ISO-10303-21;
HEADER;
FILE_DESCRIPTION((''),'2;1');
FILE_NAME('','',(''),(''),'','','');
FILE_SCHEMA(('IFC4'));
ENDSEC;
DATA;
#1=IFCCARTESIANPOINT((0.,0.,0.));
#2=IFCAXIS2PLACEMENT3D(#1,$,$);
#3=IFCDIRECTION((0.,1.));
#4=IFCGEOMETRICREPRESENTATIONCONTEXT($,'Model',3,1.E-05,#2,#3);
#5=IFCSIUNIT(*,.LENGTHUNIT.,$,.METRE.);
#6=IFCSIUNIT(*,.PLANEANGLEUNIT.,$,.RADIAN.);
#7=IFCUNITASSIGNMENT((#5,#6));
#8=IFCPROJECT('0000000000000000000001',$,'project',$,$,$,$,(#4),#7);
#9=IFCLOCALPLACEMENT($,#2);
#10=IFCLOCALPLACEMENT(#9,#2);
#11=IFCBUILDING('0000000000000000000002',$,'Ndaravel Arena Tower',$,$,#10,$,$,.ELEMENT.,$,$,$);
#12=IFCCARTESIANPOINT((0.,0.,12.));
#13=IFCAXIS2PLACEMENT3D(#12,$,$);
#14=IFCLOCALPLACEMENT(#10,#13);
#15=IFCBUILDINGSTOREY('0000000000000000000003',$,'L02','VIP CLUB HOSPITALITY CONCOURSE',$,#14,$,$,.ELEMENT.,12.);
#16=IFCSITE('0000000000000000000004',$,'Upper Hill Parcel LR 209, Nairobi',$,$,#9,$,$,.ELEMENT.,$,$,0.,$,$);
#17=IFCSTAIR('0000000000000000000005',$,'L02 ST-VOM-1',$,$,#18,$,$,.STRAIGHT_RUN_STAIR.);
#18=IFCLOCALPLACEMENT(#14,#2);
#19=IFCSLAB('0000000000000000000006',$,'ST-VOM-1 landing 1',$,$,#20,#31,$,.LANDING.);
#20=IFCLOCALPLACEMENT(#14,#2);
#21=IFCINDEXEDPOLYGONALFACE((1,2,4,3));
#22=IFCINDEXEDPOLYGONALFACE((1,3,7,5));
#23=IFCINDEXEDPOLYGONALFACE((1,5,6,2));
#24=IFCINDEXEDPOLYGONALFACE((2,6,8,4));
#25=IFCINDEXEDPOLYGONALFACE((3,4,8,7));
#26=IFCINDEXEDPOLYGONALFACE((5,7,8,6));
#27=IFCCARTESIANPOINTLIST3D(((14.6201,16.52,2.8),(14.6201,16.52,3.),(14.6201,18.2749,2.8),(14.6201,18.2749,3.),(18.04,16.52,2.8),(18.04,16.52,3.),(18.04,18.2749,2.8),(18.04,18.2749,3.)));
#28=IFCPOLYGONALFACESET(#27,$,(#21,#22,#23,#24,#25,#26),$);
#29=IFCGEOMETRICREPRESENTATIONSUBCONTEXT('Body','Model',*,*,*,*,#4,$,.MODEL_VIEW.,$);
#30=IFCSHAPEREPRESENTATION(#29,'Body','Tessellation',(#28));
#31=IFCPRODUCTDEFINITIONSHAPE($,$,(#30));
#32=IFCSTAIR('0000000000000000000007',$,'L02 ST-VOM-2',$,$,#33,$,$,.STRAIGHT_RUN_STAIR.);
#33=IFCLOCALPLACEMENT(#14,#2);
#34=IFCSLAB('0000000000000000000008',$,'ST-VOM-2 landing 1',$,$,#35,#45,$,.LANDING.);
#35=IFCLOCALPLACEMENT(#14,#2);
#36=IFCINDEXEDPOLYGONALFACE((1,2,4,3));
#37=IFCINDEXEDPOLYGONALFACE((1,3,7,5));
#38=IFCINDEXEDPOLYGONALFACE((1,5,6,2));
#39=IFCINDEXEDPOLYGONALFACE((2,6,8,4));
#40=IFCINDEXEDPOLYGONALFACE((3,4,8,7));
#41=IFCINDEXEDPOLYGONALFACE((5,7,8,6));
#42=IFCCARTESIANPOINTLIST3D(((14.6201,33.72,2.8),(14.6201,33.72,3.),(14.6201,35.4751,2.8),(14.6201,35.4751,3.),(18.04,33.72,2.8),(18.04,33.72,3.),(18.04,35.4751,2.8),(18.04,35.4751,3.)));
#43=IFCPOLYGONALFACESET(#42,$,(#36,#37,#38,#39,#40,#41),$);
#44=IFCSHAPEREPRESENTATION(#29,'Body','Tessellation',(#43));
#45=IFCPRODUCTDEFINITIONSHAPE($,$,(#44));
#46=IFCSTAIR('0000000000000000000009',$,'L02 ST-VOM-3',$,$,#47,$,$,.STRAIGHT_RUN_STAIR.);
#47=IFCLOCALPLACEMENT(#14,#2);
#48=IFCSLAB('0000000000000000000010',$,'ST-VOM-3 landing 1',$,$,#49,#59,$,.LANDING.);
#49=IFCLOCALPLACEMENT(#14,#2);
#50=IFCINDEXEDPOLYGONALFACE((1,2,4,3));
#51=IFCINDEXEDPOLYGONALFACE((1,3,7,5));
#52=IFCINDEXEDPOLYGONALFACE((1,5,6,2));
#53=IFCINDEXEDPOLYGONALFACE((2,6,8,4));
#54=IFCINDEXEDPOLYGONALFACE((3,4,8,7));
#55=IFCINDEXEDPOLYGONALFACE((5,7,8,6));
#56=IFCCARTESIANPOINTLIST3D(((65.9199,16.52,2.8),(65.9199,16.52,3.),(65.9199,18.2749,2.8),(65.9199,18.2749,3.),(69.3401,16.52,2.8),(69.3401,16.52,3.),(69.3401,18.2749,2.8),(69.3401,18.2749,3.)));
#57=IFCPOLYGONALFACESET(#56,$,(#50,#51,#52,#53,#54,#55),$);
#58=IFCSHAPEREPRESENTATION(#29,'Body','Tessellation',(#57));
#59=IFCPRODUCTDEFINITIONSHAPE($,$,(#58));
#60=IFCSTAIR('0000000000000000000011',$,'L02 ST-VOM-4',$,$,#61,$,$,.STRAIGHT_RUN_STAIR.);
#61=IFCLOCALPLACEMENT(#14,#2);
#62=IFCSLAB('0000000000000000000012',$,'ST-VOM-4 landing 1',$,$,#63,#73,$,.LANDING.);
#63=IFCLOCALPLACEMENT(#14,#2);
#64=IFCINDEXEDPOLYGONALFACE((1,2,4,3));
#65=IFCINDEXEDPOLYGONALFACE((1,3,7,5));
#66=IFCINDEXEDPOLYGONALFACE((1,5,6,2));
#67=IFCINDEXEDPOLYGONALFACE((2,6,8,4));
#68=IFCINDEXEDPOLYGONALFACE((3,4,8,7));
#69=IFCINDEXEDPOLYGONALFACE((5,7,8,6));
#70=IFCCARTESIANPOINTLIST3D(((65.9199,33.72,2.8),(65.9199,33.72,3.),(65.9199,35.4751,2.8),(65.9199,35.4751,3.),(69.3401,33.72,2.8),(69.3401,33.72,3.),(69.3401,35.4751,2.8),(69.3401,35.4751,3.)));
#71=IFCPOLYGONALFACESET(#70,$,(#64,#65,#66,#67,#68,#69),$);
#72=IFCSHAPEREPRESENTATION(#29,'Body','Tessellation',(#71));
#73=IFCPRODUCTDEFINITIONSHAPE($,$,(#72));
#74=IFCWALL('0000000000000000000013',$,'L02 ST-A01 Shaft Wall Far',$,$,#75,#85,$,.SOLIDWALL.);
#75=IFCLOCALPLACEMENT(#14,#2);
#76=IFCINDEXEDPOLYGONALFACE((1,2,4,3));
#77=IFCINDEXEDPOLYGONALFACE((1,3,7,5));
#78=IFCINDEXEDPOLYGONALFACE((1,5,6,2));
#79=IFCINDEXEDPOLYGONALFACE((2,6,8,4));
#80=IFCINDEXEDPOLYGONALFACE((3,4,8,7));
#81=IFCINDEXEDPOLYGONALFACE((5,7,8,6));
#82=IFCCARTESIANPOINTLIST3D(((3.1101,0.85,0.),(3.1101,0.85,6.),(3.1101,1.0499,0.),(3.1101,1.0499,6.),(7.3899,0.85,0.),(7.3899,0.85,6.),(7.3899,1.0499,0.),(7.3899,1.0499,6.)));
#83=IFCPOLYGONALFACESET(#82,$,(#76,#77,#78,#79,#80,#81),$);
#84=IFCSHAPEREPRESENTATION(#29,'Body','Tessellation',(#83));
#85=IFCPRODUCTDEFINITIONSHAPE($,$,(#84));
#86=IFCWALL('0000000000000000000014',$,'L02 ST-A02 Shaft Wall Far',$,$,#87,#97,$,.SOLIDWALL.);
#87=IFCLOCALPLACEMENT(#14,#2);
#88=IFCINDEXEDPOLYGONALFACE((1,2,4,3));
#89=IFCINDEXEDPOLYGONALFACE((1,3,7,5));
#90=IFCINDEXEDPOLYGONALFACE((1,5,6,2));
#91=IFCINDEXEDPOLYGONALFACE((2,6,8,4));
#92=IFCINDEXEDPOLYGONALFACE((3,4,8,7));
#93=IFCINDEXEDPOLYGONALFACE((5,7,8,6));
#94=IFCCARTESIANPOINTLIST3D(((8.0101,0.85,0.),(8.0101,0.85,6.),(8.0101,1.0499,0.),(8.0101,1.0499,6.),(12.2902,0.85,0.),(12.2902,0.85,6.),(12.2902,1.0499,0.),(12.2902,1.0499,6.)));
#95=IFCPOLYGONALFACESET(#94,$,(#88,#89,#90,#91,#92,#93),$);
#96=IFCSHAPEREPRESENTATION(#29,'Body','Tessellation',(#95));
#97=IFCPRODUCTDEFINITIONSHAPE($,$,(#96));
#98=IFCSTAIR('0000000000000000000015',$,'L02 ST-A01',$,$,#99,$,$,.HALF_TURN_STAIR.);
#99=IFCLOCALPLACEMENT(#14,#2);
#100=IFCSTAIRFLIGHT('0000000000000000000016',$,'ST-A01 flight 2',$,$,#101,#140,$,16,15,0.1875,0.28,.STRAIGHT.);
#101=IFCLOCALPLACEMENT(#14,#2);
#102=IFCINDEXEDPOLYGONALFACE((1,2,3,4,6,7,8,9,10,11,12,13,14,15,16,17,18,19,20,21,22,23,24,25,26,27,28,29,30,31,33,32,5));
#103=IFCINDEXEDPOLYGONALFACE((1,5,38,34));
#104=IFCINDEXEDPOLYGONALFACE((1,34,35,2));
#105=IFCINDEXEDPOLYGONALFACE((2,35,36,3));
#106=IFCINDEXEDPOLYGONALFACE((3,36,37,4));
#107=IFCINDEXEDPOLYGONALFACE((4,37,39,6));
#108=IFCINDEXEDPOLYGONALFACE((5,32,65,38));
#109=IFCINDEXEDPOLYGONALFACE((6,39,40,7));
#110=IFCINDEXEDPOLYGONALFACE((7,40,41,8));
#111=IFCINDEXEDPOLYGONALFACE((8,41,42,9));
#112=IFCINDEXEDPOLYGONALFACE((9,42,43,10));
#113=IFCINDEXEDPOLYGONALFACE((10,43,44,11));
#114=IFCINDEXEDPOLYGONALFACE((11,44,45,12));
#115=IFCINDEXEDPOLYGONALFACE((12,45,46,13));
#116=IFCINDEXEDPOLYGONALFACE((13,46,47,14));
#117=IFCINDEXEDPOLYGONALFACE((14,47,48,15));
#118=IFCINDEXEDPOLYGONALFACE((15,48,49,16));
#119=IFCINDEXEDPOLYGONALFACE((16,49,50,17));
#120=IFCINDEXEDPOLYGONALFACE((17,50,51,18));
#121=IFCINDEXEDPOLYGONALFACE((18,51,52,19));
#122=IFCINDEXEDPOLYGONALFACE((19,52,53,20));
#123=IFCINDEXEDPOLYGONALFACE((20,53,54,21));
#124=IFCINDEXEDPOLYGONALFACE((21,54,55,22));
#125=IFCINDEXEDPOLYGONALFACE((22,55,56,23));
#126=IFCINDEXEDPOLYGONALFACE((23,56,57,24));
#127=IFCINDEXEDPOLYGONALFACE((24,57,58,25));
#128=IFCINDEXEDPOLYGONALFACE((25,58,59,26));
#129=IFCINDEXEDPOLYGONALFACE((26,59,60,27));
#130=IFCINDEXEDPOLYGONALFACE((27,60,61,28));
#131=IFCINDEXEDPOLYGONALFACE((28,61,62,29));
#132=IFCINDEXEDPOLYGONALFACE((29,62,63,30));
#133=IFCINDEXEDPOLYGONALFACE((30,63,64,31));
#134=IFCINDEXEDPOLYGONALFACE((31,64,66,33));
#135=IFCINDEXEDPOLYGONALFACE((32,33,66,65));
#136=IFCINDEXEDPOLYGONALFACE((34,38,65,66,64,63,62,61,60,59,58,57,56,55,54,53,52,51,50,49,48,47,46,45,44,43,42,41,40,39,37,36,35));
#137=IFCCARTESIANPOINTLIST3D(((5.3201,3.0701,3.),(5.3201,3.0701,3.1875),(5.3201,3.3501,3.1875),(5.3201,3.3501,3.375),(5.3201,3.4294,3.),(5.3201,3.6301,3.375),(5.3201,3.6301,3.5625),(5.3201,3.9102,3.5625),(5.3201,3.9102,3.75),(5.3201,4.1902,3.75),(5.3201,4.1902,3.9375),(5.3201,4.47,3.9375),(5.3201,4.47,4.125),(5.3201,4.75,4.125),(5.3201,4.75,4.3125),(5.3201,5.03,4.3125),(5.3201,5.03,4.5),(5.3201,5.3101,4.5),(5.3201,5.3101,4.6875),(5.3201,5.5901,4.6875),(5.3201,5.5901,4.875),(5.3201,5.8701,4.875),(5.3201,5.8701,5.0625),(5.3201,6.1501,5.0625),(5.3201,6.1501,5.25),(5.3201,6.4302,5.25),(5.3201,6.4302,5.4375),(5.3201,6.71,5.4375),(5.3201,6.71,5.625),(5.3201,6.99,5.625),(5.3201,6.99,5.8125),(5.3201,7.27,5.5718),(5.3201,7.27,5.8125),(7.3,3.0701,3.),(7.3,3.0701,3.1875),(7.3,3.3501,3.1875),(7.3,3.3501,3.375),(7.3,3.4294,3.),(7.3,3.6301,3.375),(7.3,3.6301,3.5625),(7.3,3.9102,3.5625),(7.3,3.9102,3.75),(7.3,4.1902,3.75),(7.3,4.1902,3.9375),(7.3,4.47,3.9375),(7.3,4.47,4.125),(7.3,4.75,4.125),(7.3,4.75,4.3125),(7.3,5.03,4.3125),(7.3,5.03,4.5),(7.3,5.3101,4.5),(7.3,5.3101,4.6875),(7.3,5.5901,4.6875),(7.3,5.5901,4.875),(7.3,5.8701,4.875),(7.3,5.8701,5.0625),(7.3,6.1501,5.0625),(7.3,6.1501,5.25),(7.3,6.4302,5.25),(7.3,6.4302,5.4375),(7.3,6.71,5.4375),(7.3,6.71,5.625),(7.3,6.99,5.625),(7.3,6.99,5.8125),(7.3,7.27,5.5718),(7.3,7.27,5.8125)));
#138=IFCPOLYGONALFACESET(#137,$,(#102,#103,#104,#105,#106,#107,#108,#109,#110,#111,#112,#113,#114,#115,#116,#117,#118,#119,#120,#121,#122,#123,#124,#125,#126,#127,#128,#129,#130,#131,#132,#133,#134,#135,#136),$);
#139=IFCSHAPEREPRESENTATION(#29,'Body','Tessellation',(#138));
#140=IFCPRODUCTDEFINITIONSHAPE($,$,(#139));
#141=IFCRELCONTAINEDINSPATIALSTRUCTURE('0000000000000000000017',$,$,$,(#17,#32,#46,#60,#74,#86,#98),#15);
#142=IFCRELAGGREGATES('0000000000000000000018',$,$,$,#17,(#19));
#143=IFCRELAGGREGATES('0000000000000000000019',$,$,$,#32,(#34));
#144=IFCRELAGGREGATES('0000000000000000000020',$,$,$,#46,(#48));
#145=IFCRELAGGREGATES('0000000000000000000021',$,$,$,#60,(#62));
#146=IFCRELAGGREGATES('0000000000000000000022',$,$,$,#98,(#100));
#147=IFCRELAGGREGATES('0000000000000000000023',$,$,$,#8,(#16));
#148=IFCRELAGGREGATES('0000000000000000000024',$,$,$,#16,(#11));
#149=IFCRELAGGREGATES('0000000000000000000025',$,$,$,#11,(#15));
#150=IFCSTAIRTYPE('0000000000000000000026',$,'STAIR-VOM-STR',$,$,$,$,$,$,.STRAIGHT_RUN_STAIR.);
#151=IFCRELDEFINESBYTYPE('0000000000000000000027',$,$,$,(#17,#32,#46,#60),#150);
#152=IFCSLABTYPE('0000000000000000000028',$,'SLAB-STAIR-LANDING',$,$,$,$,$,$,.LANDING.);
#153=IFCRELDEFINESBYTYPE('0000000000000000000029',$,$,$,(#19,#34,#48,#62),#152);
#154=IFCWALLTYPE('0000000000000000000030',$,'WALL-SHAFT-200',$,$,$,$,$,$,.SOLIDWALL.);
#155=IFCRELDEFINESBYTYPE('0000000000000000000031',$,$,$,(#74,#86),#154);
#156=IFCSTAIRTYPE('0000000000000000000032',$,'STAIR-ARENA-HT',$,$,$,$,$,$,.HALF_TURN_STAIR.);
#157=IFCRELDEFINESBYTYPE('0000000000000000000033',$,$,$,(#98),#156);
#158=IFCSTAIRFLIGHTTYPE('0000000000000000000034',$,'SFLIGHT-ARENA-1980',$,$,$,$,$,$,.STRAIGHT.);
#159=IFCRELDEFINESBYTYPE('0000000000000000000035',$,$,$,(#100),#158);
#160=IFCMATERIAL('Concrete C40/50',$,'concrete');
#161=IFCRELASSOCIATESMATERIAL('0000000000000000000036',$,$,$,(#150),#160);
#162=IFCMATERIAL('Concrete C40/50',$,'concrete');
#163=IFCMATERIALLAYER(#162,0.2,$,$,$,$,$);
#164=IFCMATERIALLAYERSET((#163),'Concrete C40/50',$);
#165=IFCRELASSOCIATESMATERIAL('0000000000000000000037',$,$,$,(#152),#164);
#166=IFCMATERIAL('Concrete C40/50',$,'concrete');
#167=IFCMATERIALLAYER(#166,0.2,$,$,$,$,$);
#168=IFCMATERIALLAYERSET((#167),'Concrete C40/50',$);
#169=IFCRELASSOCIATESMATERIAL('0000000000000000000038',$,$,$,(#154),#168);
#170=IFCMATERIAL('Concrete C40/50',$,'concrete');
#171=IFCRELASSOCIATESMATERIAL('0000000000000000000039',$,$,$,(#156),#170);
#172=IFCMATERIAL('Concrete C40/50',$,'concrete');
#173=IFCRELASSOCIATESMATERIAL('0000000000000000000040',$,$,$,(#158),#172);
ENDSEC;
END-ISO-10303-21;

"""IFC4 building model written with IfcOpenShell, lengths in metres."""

from ifc_helpers import new_model, si_unit, direction, frame, frame_2d, origin, place, context, subcontext, project, spatial, polyline, rectangle, outline, extrude, material, layer, layer_set, type_object, element, aggregate, save


model = new_model("IFC4")

# Units and contexts
model_context = context("Model", 3, precision=1e-05, world=origin(), true_north=direction((0.0, 1.0)))
body_context = subcontext(model_context, "Body", "Model", "MODEL_VIEW")
ifc_project = project(units=[si_unit("LENGTHUNIT", "METRE"), si_unit("PLANEANGLEUNIT", "RADIAN")], contexts=[model_context])

# Site, building, storey
site_placement = place(None, origin())
site = spatial("IfcSite", under=ifc_project, at=site_placement, Name="Upper Hill Parcel LR 209, Nairobi", CompositionType="ELEMENT", RefElevation=0.0)
building_placement = place(site_placement, origin())
building = spatial("IfcBuilding", under=site, at=building_placement, Name="Ndaravel Arena Tower", CompositionType="ELEMENT")
storey_placement = place(building_placement, frame((0.0, 0.0, 12.0)))
storey = spatial("IfcBuildingStorey", under=building, at=storey_placement, Name="L02", Description="VIP CLUB HOSPITALITY CONCOURSE", CompositionType="ELEMENT", Elevation=12.0)

# Stairs, slabs
ifc_material_1 = material(Name="Concrete C40/50", Category="concrete")
stair_type_1 = type_object("IfcStairType", Name="STAIR-VOM-STR", PredefinedType="STRAIGHT_RUN_STAIR", material=ifc_material_1)
stair_1_placement = place(storey_placement, origin())
stair_1 = element("IfcStair", 1, at=stair_1_placement, inside=storey, type_object=stair_type_1, Name="L02 ST-VOM-1", PredefinedType="STRAIGHT_RUN_STAIR")
ifc_material_2 = material(Name="Concrete C40/50", Category="concrete")
ifc_layer_1 = layer(ifc_material_2, 0.2)
ifc_layer_set_1 = layer_set([ifc_layer_1], Name="Concrete C40/50")
slab_type = type_object("IfcSlabType", Name="SLAB-STAIR-LANDING", PredefinedType="LANDING", material=ifc_layer_set_1)
slab_1_placement = place(storey_placement, frame((0.0, 0.0, 2.8)))
slab_1 = element("IfcSlab", 2, at=slab_1_placement, type_object=slab_type, Name="ST-VOM-1 landing 1", PredefinedType="LANDING", context=body_context, shape_type="SweptSolid", body=[
    extrude(outline(polyline([(14.6201, 18.2749), (14.6201, 16.52), (18.04, 16.52), (18.04, 18.2749), (14.6201, 18.2749)])), origin(), (0.0, 0.0, 1.0), 0.2),
])
aggregate(stair_1, [slab_1])
stair_2_placement = place(storey_placement, origin())
stair_2 = element("IfcStair", 3, at=stair_2_placement, inside=storey, type_object=stair_type_1, Name="L02 ST-VOM-2", PredefinedType="STRAIGHT_RUN_STAIR")
slab_2_placement = place(storey_placement, frame((0.0, 0.0, 2.8)))
slab_2 = element("IfcSlab", 4, at=slab_2_placement, type_object=slab_type, Name="ST-VOM-2 landing 1", PredefinedType="LANDING", context=body_context, shape_type="SweptSolid", body=[
    extrude(outline(polyline([(14.6201, 35.4751), (14.6201, 33.72), (18.04, 33.72), (18.04, 35.4751), (14.6201, 35.4751)])), origin(), (0.0, 0.0, 1.0), 0.2),
])
aggregate(stair_2, [slab_2])
stair_3_placement = place(storey_placement, origin())
stair_3 = element("IfcStair", 5, at=stair_3_placement, inside=storey, type_object=stair_type_1, Name="L02 ST-VOM-3", PredefinedType="STRAIGHT_RUN_STAIR")
slab_3_placement = place(storey_placement, frame((0.0, 0.0, 2.8)))
slab_3 = element("IfcSlab", 6, at=slab_3_placement, type_object=slab_type, Name="ST-VOM-3 landing 1", PredefinedType="LANDING", context=body_context, shape_type="SweptSolid", body=[
    extrude(outline(polyline([(65.9199, 18.2749), (65.9199, 16.52), (69.3401, 16.52), (69.3401, 18.2749), (65.9199, 18.2749)])), origin(), (0.0, 0.0, 1.0), 0.2),
])
aggregate(stair_3, [slab_3])
stair_4_placement = place(storey_placement, origin())
stair_4 = element("IfcStair", 7, at=stair_4_placement, inside=storey, type_object=stair_type_1, Name="L02 ST-VOM-4", PredefinedType="STRAIGHT_RUN_STAIR")
slab_4_placement = place(storey_placement, frame((0.0, 0.0, 2.8)))
slab_4 = element("IfcSlab", 8, at=slab_4_placement, type_object=slab_type, Name="ST-VOM-4 landing 1", PredefinedType="LANDING", context=body_context, shape_type="SweptSolid", body=[
    extrude(outline(polyline([(65.9199, 35.4751), (65.9199, 33.72), (69.3401, 33.72), (69.3401, 35.4751), (65.9199, 35.4751)])), origin(), (0.0, 0.0, 1.0), 0.2),
])
aggregate(stair_4, [slab_4])

# Walls
ifc_material_3 = material(Name="Concrete C40/50", Category="concrete")
ifc_layer_2 = layer(ifc_material_3, 0.2)
ifc_layer_set_2 = layer_set([ifc_layer_2], Name="Concrete C40/50")
wall_type_1 = type_object("IfcWallType", Name="WALL-SHAFT-200", PredefinedType="SOLIDWALL", material=ifc_layer_set_2)
wall_1_placement = place(storey_placement, frame((3.1101, 0.95, 0.0), z_axis=(0.0, 0.0, 1.0), x_axis=(1.0, 0.0, 0.0)))
element("IfcWall", 9, at=wall_1_placement, inside=storey, type_object=wall_type_1, Name="L02 ST-A01 Shaft Wall Far", PredefinedType="SOLIDWALL", context=body_context, shape_type="SweptSolid", body=[
    extrude(rectangle(XDim=4.2798, YDim=0.2, at=frame_2d((2.1399, 0.0))), origin(), (0.0, 0.0, 1.0), 6.0),
])
wall_2_placement = place(storey_placement, frame((8.01, 0.95, 0.0), z_axis=(0.0, 0.0, 1.0), x_axis=(1.0, 0.0, 0.0)))
element("IfcWall", 10, at=wall_2_placement, inside=storey, type_object=wall_type_1, Name="L02 ST-A02 Shaft Wall Far", PredefinedType="SOLIDWALL", context=body_context, shape_type="SweptSolid", body=[
    extrude(rectangle(XDim=4.28, YDim=0.2, at=frame_2d((2.1401, 0.0))), origin(), (0.0, 0.0, 1.0), 6.0),
])

# Stair, stair flight
ifc_material_4 = material(Name="Concrete C40/50", Category="concrete")
stair_type_2 = type_object("IfcStairType", Name="STAIR-ARENA-HT", PredefinedType="HALF_TURN_STAIR", material=ifc_material_4)
stair_5_placement = place(storey_placement, origin())
stair_5 = element("IfcStair", 11, at=stair_5_placement, inside=storey, type_object=stair_type_2, Name="L02 ST-A01", PredefinedType="HALF_TURN_STAIR")
ifc_material_5 = material(Name="Concrete C40/50", Category="concrete")
stair_flight_type = type_object("IfcStairFlightType", Name="SFLIGHT-ARENA-1980", PredefinedType="STRAIGHT", material=ifc_material_5)
stair_flight_placement = place(storey_placement, frame((6.3101, 3.0701, 3.0), z_axis=(0.0, 0.0, 1.0), x_axis=(0.0, 1.0, 0.0)))
stair_flight = element("IfcStairFlight", 12, at=stair_flight_placement, type_object=stair_flight_type, Name="ST-A01 flight 2", NumberOfRisers=16, NumberOfTreads=15, PredefinedType="STRAIGHT", RiserHeight=0.1875, TreadLength=0.28, context=body_context, shape_type="SweptSolid", body=[
    extrude(outline(polyline([(0.0, 0.0), (0.0, 0.1875), (0.28, 0.1875), (0.28, 0.375), (0.5601, 0.375), (0.5601, 0.5625), (0.8401, 0.5625), (0.8401, 0.75), (1.1201, 0.75), (1.1201, 0.9375), (1.3999, 0.9375), (1.3999, 1.125), (1.6799, 1.125), (1.6799, 1.3125), (1.96, 1.3125), (1.96, 1.5), (2.24, 1.5), (2.24, 1.6875), (2.52, 1.6875), (2.52, 1.875), (2.8, 1.875), (2.8, 2.0625), (3.0801, 2.0625), (3.0801, 2.25), (3.3601, 2.25), (3.3601, 2.4375), (3.6399, 2.4375), (3.6399, 2.625), (3.9199, 2.625), (3.9199, 2.8125), (4.2, 2.8125), (4.2, 3.0), (4.2, 2.5718), (0.3594, 0.0), (0.0, 0.0)])), frame((0.0, 0.99, 0.0), z_axis=(0.0, -1.0, 0.0), x_axis=(1.0, 0.0, 0.0)), (0.0, 0.0, 1.0), 1.98),
])
aggregate(stair_5, [stair_flight])

save(model, "model.ifc")
